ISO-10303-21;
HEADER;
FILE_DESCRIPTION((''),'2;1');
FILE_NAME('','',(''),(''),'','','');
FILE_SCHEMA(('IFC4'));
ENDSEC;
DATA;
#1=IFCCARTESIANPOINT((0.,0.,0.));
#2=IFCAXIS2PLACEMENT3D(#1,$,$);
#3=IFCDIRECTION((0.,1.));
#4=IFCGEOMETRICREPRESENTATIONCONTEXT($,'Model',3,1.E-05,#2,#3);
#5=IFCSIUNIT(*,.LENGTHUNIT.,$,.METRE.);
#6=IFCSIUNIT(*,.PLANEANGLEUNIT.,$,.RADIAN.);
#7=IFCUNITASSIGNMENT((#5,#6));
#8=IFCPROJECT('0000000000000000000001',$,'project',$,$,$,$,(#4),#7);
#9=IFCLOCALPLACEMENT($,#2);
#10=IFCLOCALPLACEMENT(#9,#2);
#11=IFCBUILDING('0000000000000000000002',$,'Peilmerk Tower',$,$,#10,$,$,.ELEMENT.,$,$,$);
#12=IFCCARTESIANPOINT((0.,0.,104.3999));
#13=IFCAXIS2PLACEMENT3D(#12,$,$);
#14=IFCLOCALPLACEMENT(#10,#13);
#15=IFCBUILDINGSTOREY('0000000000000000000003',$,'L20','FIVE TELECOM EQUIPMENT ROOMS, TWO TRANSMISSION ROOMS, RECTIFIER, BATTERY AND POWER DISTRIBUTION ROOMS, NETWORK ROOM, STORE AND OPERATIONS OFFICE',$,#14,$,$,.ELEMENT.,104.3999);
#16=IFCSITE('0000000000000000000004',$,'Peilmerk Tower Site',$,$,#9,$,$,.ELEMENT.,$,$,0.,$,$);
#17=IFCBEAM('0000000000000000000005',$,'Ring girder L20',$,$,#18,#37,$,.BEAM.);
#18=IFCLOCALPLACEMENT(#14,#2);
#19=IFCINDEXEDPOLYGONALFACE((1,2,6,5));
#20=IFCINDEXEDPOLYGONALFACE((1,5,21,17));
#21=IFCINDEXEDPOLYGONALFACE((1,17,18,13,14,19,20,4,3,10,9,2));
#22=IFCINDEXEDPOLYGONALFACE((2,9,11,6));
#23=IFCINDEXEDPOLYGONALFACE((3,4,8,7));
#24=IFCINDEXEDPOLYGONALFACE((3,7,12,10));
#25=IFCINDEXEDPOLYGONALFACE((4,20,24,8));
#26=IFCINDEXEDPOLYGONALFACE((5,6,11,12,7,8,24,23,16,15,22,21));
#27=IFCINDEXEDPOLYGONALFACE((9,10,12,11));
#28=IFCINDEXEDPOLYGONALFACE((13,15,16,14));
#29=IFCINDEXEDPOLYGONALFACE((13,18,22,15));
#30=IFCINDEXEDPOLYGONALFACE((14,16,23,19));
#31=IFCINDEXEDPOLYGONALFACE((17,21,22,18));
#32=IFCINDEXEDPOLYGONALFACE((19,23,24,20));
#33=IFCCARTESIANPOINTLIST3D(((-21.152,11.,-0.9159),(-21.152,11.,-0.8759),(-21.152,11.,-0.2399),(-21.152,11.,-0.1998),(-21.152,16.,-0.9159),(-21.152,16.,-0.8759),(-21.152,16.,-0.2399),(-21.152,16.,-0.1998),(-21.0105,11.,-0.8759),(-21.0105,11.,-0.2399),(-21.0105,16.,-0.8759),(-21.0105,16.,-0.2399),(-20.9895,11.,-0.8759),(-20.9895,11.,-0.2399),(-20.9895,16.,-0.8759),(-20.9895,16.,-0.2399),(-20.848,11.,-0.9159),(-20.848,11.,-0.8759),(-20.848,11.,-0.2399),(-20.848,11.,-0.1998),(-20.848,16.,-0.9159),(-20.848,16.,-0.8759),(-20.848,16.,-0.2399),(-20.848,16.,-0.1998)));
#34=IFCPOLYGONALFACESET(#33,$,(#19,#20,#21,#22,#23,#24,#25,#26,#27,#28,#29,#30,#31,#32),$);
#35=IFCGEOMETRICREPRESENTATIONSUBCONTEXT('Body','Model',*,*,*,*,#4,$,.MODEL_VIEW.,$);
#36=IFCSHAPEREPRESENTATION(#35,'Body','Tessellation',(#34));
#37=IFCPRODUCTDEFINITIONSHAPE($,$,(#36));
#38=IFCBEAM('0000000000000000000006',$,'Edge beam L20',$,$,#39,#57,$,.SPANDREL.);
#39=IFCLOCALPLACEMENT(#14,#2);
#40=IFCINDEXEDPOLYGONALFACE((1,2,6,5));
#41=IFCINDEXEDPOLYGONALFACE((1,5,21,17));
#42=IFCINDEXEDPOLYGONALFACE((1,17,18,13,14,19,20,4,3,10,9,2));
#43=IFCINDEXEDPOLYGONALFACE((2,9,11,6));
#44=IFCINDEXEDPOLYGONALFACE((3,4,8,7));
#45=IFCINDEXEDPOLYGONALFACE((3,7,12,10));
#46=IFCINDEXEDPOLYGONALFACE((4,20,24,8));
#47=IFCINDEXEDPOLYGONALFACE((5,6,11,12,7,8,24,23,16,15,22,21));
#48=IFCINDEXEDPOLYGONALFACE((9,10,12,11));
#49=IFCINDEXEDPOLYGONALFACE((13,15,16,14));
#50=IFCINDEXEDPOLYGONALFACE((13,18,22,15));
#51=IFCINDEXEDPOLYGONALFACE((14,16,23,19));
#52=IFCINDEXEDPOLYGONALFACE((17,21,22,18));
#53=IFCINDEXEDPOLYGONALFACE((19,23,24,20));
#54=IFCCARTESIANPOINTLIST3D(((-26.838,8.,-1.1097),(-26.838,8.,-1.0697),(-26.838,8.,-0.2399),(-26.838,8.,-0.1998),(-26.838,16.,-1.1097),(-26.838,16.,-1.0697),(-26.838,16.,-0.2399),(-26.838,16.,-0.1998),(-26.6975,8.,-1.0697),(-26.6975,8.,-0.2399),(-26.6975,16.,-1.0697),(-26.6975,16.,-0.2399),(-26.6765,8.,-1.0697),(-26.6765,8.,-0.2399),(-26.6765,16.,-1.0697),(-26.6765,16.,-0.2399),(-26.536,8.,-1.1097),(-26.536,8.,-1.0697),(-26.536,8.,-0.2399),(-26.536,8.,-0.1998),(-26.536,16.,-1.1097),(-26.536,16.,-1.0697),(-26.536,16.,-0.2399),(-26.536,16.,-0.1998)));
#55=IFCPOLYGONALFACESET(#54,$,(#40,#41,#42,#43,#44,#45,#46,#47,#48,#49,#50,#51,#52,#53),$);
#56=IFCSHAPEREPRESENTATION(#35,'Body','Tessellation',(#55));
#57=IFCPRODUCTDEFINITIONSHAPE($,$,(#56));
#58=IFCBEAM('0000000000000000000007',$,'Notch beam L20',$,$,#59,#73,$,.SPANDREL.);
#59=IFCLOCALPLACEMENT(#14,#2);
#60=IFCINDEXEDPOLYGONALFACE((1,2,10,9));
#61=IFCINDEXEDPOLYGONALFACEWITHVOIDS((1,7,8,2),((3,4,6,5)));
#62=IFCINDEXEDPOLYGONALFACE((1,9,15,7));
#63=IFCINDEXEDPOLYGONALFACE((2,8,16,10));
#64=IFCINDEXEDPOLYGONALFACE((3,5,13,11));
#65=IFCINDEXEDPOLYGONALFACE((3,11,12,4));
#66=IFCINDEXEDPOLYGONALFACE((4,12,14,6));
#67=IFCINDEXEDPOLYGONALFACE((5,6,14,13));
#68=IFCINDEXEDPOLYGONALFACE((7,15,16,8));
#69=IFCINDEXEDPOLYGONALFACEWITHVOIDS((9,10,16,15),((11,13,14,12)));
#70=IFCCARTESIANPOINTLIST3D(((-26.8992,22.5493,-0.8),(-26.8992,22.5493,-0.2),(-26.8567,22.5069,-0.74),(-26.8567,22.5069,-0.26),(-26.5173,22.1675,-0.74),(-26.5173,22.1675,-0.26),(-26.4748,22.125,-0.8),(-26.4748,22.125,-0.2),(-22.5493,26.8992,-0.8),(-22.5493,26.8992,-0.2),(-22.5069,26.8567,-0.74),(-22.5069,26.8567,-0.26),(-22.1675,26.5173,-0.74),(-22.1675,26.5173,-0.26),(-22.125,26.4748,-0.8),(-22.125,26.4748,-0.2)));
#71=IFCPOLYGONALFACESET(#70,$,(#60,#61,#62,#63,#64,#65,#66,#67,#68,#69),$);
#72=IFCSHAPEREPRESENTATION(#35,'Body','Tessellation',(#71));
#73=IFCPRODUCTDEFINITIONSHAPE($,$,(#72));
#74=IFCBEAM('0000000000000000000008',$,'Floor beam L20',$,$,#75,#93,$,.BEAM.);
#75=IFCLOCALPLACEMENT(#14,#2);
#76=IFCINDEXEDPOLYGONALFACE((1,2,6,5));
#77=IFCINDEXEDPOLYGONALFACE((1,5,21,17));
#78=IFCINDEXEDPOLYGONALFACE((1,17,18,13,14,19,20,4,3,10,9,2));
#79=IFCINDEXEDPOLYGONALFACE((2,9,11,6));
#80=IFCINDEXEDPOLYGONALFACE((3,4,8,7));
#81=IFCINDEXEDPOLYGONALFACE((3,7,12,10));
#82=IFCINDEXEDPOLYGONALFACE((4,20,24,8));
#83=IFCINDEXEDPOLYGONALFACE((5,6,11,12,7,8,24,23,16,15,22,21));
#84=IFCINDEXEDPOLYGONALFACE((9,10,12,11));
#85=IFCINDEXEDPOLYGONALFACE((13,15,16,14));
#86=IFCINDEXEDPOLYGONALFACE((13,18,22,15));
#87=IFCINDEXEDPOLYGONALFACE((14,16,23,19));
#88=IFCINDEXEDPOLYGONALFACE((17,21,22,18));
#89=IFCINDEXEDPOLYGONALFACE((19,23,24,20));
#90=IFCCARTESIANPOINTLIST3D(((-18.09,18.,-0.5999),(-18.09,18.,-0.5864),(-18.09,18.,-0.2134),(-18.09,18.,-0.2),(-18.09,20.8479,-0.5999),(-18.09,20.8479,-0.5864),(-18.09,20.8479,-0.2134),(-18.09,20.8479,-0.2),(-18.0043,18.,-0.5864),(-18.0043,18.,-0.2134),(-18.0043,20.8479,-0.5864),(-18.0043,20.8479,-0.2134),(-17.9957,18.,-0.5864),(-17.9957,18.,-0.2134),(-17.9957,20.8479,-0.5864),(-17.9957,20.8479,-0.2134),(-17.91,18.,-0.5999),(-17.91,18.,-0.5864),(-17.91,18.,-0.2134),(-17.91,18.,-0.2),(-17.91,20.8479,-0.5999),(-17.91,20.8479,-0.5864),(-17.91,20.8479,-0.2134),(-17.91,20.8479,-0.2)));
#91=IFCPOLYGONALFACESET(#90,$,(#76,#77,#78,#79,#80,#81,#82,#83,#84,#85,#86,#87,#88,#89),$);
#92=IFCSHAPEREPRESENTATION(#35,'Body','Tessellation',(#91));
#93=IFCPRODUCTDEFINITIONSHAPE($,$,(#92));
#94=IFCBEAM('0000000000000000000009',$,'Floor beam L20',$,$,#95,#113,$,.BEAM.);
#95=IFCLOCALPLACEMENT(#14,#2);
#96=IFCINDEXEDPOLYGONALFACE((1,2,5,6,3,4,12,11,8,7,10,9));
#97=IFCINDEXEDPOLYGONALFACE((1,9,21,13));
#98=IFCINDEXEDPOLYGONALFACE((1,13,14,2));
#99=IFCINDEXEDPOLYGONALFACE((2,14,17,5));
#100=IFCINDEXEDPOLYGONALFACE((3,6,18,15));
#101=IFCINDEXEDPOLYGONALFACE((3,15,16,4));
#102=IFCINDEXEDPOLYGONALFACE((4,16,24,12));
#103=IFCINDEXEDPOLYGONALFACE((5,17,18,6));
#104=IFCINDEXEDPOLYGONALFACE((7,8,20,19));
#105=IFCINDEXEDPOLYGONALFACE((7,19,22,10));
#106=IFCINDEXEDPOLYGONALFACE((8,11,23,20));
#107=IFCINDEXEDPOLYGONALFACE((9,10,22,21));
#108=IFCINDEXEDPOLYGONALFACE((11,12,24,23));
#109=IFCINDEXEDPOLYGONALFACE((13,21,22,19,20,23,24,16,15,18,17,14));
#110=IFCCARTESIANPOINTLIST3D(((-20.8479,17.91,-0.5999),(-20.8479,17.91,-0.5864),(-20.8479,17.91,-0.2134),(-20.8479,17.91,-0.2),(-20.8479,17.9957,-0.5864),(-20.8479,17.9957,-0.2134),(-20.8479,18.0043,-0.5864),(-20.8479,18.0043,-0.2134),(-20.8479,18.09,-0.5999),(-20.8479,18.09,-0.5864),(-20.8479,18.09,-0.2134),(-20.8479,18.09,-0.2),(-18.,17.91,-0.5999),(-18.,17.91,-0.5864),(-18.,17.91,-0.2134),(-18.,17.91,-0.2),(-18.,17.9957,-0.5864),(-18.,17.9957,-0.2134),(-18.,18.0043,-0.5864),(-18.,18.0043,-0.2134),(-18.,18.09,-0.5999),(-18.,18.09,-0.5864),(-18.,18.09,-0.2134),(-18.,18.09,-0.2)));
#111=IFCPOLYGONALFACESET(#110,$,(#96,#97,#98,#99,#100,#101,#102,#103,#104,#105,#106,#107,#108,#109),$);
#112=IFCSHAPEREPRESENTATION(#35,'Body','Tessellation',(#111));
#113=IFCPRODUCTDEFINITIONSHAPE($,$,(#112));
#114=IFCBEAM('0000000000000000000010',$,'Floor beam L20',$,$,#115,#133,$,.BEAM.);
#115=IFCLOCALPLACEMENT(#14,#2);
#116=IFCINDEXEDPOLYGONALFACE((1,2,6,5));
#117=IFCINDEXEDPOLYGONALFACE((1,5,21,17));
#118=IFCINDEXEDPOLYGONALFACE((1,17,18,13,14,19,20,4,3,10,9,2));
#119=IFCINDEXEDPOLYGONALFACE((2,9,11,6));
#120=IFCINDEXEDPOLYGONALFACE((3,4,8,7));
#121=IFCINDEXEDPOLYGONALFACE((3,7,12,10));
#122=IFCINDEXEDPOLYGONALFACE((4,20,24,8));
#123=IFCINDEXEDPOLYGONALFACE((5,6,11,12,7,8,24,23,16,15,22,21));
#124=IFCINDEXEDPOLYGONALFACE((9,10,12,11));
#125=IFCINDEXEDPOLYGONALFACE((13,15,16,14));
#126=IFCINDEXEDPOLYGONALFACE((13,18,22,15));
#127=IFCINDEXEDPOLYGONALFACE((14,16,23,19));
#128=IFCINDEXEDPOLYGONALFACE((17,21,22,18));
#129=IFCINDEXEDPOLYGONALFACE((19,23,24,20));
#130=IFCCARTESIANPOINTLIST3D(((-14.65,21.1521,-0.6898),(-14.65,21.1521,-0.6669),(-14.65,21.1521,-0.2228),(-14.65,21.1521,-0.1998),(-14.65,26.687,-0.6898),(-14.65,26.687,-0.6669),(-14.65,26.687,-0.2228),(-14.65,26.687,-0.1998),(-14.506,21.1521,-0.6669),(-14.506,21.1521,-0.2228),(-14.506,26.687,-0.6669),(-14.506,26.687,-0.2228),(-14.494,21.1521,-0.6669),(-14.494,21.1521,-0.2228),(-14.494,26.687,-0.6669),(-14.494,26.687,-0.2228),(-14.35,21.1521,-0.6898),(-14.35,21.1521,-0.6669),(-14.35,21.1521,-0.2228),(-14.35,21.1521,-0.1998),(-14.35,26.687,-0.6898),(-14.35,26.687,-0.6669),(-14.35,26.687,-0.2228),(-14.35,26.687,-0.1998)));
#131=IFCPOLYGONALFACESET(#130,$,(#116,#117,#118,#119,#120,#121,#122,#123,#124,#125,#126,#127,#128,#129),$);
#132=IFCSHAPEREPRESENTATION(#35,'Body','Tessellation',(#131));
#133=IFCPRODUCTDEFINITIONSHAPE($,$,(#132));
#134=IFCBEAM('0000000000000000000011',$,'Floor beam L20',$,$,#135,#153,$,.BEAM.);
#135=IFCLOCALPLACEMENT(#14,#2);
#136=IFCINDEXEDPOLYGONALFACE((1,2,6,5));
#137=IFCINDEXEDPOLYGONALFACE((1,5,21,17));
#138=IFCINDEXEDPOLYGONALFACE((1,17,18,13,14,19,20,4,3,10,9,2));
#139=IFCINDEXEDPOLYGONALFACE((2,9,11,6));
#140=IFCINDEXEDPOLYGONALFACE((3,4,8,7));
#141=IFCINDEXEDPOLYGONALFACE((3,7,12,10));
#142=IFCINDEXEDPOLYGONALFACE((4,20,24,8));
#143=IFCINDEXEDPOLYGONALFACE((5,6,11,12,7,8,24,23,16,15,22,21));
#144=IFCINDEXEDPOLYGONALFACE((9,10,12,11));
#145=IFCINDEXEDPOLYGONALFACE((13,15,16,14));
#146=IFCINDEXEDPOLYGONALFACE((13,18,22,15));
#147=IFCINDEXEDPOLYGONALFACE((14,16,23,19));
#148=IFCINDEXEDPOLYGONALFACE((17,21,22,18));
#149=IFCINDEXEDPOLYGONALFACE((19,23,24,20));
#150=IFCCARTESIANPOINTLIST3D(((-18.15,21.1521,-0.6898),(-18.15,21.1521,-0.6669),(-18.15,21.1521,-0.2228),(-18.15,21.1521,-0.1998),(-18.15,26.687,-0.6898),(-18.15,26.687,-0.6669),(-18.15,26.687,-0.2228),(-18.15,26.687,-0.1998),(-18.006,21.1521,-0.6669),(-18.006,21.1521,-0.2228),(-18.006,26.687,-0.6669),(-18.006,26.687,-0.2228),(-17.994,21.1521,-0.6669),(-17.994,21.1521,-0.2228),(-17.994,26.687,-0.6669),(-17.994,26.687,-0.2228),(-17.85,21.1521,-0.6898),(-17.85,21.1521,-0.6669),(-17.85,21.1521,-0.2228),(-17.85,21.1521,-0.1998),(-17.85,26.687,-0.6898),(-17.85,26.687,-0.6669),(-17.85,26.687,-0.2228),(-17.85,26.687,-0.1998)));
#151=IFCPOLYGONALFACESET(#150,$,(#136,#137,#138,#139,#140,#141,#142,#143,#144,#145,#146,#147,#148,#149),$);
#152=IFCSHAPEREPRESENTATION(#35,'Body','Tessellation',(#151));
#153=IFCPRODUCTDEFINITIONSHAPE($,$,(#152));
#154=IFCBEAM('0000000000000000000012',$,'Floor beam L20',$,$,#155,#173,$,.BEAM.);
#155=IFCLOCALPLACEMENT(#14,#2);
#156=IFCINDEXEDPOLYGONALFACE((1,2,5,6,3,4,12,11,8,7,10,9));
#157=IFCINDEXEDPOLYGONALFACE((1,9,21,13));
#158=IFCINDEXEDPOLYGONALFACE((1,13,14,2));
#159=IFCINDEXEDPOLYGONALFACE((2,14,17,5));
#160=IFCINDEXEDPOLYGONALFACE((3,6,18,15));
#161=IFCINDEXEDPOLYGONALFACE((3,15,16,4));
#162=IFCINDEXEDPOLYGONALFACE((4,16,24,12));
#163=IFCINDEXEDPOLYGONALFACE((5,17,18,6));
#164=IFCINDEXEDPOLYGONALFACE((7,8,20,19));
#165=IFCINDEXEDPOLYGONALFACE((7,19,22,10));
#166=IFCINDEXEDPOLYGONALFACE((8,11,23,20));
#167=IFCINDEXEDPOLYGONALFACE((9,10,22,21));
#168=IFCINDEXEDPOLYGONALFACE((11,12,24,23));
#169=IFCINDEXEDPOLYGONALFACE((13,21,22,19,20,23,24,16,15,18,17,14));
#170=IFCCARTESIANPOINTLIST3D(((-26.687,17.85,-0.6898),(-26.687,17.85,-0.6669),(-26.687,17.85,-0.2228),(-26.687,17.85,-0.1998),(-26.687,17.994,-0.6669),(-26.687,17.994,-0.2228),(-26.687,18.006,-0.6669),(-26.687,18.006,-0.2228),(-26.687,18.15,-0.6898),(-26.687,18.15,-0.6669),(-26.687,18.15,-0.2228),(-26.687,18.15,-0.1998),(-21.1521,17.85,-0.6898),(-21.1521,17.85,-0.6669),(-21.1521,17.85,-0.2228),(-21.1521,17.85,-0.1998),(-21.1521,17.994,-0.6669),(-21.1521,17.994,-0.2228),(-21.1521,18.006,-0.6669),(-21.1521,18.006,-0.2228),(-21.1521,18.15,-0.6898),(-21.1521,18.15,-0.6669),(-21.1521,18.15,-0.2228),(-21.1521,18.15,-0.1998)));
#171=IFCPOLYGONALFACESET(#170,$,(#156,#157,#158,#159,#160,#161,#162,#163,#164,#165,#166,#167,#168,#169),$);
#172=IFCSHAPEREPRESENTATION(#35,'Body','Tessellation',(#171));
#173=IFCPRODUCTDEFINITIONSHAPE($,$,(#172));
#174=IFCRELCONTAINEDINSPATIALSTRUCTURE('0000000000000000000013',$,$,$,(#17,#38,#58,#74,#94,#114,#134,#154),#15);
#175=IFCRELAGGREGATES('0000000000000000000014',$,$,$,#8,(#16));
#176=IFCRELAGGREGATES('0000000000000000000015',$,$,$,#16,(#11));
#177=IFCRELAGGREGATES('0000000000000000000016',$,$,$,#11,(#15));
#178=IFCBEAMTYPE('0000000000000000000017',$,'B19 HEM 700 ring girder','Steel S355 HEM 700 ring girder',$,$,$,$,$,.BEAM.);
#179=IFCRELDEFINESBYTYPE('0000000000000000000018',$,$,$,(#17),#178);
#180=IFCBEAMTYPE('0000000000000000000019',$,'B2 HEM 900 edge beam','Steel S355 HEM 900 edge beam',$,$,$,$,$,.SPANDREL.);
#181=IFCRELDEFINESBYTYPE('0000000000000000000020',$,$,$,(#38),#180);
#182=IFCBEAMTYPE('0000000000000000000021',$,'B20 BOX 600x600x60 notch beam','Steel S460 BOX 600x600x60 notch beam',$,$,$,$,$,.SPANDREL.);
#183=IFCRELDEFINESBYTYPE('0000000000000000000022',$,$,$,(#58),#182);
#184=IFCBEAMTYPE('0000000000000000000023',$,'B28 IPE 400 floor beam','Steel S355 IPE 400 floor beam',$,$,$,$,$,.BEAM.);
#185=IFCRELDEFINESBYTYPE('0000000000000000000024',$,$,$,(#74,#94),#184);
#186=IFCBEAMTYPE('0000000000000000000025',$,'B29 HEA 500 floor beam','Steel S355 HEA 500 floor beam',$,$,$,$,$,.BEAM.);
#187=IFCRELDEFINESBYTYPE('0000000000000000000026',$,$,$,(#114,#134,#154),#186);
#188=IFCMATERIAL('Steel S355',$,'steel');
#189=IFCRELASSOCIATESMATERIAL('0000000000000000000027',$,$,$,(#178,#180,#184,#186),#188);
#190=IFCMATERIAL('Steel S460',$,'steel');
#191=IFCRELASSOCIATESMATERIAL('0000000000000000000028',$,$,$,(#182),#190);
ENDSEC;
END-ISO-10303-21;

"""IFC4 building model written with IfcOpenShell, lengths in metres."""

from ifc_helpers import new_model, si_unit, direction, frame, origin, origin_2d, place, context, subcontext, project, spatial, hollow_rectangle, i_section, extrude, material, material_profile, profile_set, type_object, element, save


model = new_model("IFC4")

# Units and contexts
model_context = context("Model", 3, precision=1e-05, world=origin(), true_north=direction((0.0, 1.0)))
body_context = subcontext(model_context, "Body", "Model", "MODEL_VIEW")
ifc_project = project(units=[si_unit("LENGTHUNIT", "METRE"), si_unit("PLANEANGLEUNIT", "RADIAN")], contexts=[model_context])

# Site, building, storey
site_placement = place(None, origin())
site = spatial("IfcSite", under=ifc_project, at=site_placement, Name="Peilmerk Tower Site", CompositionType="ELEMENT", RefElevation=0.0)
building_placement = place(site_placement, origin())
building = spatial("IfcBuilding", under=site, at=building_placement, Name="Peilmerk Tower", CompositionType="ELEMENT")
storey_placement = place(building_placement, frame((0.0, 0.0, 104.3999)))
storey = spatial("IfcBuildingStorey", under=building, at=storey_placement, Name="L20", Description="FIVE TELECOM EQUIPMENT ROOMS, TWO TRANSMISSION ROOMS, RECTIFIER, BATTERY AND POWER DISTRIBUTION ROOMS, NETWORK ROOM, STORE AND OPERATIONS OFFICE", CompositionType="ELEMENT", Elevation=104.3999)

# Shared definitions
ifc_material_1 = material(Name="Steel S460", Category="steel")

# Beams
ifc_material_2 = material(Name="Steel S355", Category="steel")
ifc_material_profile_1 = material_profile(ifc_material_2, i_section(OverallWidth=0.304, OverallDepth=0.7161, WebThickness=0.021, FlangeThickness=0.04, at=origin_2d()), Name="HEM 700")
ifc_profile_set_1 = profile_set([ifc_material_profile_1], Name="Steel S355")
beam_type_1 = type_object("IfcBeamType", Name="B19 HEM 700 ring girder", Description="Steel S355 HEM 700 ring girder", PredefinedType="BEAM", material=ifc_profile_set_1)
for number, where, z_axis, x_axis, name in (
    (1, (-21.0, 16.0, -0.5579), (0.0, -1.0, 0.0), (1.0, 0.0, 0.0), "Ring girder L20"),
):
    element("IfcBeam", number, at=place(storey_placement, frame(where, z_axis=z_axis, x_axis=x_axis)), inside=storey, type_object=beam_type_1, Name=name, PredefinedType="BEAM", context=body_context, shape_type="SweptSolid", body=[
        extrude(i_section(OverallWidth=0.304, OverallDepth=0.7161, WebThickness=0.021, FlangeThickness=0.04, at=origin_2d()), origin(), (0.0, 0.0, 1.0), 5.0),
    ])
ifc_material_profile_2 = material_profile(ifc_material_2, i_section(OverallWidth=0.302, OverallDepth=0.9099, WebThickness=0.021, FlangeThickness=0.04, at=origin_2d()), Name="HEM 900")
ifc_profile_set_2 = profile_set([ifc_material_profile_2], Name="Steel S355")
beam_type_2 = type_object("IfcBeamType", Name="B2 HEM 900 edge beam", Description="Steel S355 HEM 900 edge beam", PredefinedType="SPANDREL", material=ifc_profile_set_2)
beam_1_placement = place(storey_placement, frame((-26.687, 16.0, -0.6548), z_axis=(0.0, -1.0, 0.0), x_axis=(1.0, 0.0, 0.0)))
element("IfcBeam", 2, at=beam_1_placement, inside=storey, type_object=beam_type_2, Name="Edge beam L20", PredefinedType="SPANDREL", context=body_context, shape_type="SweptSolid", body=[
    extrude(i_section(OverallWidth=0.302, OverallDepth=0.9099, WebThickness=0.021, FlangeThickness=0.04, at=origin_2d()), origin(), (0.0, 0.0, 1.0), 8.0),
])
ifc_material_profile_3 = material_profile(ifc_material_1, hollow_rectangle(XDim=0.6001, YDim=0.6001, WallThickness=0.0601, at=origin_2d()), Name="BOX 600x600x60")
ifc_profile_set_3 = profile_set([ifc_material_profile_3], Name="Steel S460")
beam_type_3 = type_object("IfcBeamType", Name="B20 BOX 600x600x60 notch beam", Description="Steel S460 BOX 600x600x60 notch beam", PredefinedType="SPANDREL", material=ifc_profile_set_3)
beam_2_placement = place(storey_placement, frame((-26.687, 22.3372, -0.5), z_axis=(0.707107, 0.707107, 0.0), x_axis=(-0.707107, 0.707107, 0.0)))
element("IfcBeam", 3, at=beam_2_placement, inside=storey, type_object=beam_type_3, Name="Notch beam L20", PredefinedType="SPANDREL", context=body_context, shape_type="SweptSolid", body=[
    extrude(hollow_rectangle(XDim=0.6001, YDim=0.6001, WallThickness=0.0601, at=origin_2d()), origin(), (0.0, 0.0, 1.0), 6.1516),
])
ifc_material_profile_4 = material_profile(ifc_material_2, i_section(OverallWidth=0.1799, OverallDepth=0.3999, WebThickness=0.0085, FlangeThickness=0.0134, at=origin_2d()), Name="IPE 400")
ifc_profile_set_4 = profile_set([ifc_material_profile_4], Name="Steel S355")
beam_type_4 = type_object("IfcBeamType", Name="B28 IPE 400 floor beam", Description="Steel S355 IPE 400 floor beam", PredefinedType="BEAM", material=ifc_profile_set_4)
for number, where, z_axis, x_axis, name in (
    (4, (-18.0, 18.0, -0.3999), (0.0, 1.0, 0.0), (-1.0, 0.0, 0.0), "Floor beam L20"),
    (5, (-18.0, 18.0, -0.3999), (-1.0, 0.0, 0.0), (0.0, -1.0, 0.0), "Floor beam L20"),
):
    element("IfcBeam", number, at=place(storey_placement, frame(where, z_axis=z_axis, x_axis=x_axis)), inside=storey, type_object=beam_type_4, Name=name, PredefinedType="BEAM", context=body_context, shape_type="SweptSolid", body=[
        extrude(i_section(OverallWidth=0.1799, OverallDepth=0.3999, WebThickness=0.0085, FlangeThickness=0.0134, at=origin_2d()), origin(), (0.0, 0.0, 1.0), 2.8479),
    ])
ifc_material_profile_5 = material_profile(ifc_material_2, i_section(OverallWidth=0.3, OverallDepth=0.49, WebThickness=0.012, FlangeThickness=0.0229, at=origin_2d()), Name="HEA 500")
ifc_profile_set_5 = profile_set([ifc_material_profile_5], Name="Steel S355")
beam_type_5 = type_object("IfcBeamType", Name="B29 HEA 500 floor beam", Description="Steel S355 HEA 500 floor beam", PredefinedType="BEAM", material=ifc_profile_set_5)
for number, where, z_axis, x_axis, name in (
    (6, (-14.5, 21.1521, -0.4448), (0.0, 1.0, 0.0), (-1.0, 0.0, 0.0), "Floor beam L20"),
    (7, (-18.0, 21.1521, -0.4448), (0.0, 1.0, 0.0), (-1.0, 0.0, 0.0), "Floor beam L20"),
    (8, (-21.1521, 18.0, -0.4448), (-1.0, 0.0, 0.0), (0.0, -1.0, 0.0), "Floor beam L20"),
):
    element("IfcBeam", number, at=place(storey_placement, frame(where, z_axis=z_axis, x_axis=x_axis)), inside=storey, type_object=beam_type_5, Name=name, PredefinedType="BEAM", context=body_context, shape_type="SweptSolid", body=[
        extrude(i_section(OverallWidth=0.3, OverallDepth=0.49, WebThickness=0.012, FlangeThickness=0.0229, at=origin_2d()), origin(), (0.0, 0.0, 1.0), 5.5349),
    ])

save(model, "model.ifc")
